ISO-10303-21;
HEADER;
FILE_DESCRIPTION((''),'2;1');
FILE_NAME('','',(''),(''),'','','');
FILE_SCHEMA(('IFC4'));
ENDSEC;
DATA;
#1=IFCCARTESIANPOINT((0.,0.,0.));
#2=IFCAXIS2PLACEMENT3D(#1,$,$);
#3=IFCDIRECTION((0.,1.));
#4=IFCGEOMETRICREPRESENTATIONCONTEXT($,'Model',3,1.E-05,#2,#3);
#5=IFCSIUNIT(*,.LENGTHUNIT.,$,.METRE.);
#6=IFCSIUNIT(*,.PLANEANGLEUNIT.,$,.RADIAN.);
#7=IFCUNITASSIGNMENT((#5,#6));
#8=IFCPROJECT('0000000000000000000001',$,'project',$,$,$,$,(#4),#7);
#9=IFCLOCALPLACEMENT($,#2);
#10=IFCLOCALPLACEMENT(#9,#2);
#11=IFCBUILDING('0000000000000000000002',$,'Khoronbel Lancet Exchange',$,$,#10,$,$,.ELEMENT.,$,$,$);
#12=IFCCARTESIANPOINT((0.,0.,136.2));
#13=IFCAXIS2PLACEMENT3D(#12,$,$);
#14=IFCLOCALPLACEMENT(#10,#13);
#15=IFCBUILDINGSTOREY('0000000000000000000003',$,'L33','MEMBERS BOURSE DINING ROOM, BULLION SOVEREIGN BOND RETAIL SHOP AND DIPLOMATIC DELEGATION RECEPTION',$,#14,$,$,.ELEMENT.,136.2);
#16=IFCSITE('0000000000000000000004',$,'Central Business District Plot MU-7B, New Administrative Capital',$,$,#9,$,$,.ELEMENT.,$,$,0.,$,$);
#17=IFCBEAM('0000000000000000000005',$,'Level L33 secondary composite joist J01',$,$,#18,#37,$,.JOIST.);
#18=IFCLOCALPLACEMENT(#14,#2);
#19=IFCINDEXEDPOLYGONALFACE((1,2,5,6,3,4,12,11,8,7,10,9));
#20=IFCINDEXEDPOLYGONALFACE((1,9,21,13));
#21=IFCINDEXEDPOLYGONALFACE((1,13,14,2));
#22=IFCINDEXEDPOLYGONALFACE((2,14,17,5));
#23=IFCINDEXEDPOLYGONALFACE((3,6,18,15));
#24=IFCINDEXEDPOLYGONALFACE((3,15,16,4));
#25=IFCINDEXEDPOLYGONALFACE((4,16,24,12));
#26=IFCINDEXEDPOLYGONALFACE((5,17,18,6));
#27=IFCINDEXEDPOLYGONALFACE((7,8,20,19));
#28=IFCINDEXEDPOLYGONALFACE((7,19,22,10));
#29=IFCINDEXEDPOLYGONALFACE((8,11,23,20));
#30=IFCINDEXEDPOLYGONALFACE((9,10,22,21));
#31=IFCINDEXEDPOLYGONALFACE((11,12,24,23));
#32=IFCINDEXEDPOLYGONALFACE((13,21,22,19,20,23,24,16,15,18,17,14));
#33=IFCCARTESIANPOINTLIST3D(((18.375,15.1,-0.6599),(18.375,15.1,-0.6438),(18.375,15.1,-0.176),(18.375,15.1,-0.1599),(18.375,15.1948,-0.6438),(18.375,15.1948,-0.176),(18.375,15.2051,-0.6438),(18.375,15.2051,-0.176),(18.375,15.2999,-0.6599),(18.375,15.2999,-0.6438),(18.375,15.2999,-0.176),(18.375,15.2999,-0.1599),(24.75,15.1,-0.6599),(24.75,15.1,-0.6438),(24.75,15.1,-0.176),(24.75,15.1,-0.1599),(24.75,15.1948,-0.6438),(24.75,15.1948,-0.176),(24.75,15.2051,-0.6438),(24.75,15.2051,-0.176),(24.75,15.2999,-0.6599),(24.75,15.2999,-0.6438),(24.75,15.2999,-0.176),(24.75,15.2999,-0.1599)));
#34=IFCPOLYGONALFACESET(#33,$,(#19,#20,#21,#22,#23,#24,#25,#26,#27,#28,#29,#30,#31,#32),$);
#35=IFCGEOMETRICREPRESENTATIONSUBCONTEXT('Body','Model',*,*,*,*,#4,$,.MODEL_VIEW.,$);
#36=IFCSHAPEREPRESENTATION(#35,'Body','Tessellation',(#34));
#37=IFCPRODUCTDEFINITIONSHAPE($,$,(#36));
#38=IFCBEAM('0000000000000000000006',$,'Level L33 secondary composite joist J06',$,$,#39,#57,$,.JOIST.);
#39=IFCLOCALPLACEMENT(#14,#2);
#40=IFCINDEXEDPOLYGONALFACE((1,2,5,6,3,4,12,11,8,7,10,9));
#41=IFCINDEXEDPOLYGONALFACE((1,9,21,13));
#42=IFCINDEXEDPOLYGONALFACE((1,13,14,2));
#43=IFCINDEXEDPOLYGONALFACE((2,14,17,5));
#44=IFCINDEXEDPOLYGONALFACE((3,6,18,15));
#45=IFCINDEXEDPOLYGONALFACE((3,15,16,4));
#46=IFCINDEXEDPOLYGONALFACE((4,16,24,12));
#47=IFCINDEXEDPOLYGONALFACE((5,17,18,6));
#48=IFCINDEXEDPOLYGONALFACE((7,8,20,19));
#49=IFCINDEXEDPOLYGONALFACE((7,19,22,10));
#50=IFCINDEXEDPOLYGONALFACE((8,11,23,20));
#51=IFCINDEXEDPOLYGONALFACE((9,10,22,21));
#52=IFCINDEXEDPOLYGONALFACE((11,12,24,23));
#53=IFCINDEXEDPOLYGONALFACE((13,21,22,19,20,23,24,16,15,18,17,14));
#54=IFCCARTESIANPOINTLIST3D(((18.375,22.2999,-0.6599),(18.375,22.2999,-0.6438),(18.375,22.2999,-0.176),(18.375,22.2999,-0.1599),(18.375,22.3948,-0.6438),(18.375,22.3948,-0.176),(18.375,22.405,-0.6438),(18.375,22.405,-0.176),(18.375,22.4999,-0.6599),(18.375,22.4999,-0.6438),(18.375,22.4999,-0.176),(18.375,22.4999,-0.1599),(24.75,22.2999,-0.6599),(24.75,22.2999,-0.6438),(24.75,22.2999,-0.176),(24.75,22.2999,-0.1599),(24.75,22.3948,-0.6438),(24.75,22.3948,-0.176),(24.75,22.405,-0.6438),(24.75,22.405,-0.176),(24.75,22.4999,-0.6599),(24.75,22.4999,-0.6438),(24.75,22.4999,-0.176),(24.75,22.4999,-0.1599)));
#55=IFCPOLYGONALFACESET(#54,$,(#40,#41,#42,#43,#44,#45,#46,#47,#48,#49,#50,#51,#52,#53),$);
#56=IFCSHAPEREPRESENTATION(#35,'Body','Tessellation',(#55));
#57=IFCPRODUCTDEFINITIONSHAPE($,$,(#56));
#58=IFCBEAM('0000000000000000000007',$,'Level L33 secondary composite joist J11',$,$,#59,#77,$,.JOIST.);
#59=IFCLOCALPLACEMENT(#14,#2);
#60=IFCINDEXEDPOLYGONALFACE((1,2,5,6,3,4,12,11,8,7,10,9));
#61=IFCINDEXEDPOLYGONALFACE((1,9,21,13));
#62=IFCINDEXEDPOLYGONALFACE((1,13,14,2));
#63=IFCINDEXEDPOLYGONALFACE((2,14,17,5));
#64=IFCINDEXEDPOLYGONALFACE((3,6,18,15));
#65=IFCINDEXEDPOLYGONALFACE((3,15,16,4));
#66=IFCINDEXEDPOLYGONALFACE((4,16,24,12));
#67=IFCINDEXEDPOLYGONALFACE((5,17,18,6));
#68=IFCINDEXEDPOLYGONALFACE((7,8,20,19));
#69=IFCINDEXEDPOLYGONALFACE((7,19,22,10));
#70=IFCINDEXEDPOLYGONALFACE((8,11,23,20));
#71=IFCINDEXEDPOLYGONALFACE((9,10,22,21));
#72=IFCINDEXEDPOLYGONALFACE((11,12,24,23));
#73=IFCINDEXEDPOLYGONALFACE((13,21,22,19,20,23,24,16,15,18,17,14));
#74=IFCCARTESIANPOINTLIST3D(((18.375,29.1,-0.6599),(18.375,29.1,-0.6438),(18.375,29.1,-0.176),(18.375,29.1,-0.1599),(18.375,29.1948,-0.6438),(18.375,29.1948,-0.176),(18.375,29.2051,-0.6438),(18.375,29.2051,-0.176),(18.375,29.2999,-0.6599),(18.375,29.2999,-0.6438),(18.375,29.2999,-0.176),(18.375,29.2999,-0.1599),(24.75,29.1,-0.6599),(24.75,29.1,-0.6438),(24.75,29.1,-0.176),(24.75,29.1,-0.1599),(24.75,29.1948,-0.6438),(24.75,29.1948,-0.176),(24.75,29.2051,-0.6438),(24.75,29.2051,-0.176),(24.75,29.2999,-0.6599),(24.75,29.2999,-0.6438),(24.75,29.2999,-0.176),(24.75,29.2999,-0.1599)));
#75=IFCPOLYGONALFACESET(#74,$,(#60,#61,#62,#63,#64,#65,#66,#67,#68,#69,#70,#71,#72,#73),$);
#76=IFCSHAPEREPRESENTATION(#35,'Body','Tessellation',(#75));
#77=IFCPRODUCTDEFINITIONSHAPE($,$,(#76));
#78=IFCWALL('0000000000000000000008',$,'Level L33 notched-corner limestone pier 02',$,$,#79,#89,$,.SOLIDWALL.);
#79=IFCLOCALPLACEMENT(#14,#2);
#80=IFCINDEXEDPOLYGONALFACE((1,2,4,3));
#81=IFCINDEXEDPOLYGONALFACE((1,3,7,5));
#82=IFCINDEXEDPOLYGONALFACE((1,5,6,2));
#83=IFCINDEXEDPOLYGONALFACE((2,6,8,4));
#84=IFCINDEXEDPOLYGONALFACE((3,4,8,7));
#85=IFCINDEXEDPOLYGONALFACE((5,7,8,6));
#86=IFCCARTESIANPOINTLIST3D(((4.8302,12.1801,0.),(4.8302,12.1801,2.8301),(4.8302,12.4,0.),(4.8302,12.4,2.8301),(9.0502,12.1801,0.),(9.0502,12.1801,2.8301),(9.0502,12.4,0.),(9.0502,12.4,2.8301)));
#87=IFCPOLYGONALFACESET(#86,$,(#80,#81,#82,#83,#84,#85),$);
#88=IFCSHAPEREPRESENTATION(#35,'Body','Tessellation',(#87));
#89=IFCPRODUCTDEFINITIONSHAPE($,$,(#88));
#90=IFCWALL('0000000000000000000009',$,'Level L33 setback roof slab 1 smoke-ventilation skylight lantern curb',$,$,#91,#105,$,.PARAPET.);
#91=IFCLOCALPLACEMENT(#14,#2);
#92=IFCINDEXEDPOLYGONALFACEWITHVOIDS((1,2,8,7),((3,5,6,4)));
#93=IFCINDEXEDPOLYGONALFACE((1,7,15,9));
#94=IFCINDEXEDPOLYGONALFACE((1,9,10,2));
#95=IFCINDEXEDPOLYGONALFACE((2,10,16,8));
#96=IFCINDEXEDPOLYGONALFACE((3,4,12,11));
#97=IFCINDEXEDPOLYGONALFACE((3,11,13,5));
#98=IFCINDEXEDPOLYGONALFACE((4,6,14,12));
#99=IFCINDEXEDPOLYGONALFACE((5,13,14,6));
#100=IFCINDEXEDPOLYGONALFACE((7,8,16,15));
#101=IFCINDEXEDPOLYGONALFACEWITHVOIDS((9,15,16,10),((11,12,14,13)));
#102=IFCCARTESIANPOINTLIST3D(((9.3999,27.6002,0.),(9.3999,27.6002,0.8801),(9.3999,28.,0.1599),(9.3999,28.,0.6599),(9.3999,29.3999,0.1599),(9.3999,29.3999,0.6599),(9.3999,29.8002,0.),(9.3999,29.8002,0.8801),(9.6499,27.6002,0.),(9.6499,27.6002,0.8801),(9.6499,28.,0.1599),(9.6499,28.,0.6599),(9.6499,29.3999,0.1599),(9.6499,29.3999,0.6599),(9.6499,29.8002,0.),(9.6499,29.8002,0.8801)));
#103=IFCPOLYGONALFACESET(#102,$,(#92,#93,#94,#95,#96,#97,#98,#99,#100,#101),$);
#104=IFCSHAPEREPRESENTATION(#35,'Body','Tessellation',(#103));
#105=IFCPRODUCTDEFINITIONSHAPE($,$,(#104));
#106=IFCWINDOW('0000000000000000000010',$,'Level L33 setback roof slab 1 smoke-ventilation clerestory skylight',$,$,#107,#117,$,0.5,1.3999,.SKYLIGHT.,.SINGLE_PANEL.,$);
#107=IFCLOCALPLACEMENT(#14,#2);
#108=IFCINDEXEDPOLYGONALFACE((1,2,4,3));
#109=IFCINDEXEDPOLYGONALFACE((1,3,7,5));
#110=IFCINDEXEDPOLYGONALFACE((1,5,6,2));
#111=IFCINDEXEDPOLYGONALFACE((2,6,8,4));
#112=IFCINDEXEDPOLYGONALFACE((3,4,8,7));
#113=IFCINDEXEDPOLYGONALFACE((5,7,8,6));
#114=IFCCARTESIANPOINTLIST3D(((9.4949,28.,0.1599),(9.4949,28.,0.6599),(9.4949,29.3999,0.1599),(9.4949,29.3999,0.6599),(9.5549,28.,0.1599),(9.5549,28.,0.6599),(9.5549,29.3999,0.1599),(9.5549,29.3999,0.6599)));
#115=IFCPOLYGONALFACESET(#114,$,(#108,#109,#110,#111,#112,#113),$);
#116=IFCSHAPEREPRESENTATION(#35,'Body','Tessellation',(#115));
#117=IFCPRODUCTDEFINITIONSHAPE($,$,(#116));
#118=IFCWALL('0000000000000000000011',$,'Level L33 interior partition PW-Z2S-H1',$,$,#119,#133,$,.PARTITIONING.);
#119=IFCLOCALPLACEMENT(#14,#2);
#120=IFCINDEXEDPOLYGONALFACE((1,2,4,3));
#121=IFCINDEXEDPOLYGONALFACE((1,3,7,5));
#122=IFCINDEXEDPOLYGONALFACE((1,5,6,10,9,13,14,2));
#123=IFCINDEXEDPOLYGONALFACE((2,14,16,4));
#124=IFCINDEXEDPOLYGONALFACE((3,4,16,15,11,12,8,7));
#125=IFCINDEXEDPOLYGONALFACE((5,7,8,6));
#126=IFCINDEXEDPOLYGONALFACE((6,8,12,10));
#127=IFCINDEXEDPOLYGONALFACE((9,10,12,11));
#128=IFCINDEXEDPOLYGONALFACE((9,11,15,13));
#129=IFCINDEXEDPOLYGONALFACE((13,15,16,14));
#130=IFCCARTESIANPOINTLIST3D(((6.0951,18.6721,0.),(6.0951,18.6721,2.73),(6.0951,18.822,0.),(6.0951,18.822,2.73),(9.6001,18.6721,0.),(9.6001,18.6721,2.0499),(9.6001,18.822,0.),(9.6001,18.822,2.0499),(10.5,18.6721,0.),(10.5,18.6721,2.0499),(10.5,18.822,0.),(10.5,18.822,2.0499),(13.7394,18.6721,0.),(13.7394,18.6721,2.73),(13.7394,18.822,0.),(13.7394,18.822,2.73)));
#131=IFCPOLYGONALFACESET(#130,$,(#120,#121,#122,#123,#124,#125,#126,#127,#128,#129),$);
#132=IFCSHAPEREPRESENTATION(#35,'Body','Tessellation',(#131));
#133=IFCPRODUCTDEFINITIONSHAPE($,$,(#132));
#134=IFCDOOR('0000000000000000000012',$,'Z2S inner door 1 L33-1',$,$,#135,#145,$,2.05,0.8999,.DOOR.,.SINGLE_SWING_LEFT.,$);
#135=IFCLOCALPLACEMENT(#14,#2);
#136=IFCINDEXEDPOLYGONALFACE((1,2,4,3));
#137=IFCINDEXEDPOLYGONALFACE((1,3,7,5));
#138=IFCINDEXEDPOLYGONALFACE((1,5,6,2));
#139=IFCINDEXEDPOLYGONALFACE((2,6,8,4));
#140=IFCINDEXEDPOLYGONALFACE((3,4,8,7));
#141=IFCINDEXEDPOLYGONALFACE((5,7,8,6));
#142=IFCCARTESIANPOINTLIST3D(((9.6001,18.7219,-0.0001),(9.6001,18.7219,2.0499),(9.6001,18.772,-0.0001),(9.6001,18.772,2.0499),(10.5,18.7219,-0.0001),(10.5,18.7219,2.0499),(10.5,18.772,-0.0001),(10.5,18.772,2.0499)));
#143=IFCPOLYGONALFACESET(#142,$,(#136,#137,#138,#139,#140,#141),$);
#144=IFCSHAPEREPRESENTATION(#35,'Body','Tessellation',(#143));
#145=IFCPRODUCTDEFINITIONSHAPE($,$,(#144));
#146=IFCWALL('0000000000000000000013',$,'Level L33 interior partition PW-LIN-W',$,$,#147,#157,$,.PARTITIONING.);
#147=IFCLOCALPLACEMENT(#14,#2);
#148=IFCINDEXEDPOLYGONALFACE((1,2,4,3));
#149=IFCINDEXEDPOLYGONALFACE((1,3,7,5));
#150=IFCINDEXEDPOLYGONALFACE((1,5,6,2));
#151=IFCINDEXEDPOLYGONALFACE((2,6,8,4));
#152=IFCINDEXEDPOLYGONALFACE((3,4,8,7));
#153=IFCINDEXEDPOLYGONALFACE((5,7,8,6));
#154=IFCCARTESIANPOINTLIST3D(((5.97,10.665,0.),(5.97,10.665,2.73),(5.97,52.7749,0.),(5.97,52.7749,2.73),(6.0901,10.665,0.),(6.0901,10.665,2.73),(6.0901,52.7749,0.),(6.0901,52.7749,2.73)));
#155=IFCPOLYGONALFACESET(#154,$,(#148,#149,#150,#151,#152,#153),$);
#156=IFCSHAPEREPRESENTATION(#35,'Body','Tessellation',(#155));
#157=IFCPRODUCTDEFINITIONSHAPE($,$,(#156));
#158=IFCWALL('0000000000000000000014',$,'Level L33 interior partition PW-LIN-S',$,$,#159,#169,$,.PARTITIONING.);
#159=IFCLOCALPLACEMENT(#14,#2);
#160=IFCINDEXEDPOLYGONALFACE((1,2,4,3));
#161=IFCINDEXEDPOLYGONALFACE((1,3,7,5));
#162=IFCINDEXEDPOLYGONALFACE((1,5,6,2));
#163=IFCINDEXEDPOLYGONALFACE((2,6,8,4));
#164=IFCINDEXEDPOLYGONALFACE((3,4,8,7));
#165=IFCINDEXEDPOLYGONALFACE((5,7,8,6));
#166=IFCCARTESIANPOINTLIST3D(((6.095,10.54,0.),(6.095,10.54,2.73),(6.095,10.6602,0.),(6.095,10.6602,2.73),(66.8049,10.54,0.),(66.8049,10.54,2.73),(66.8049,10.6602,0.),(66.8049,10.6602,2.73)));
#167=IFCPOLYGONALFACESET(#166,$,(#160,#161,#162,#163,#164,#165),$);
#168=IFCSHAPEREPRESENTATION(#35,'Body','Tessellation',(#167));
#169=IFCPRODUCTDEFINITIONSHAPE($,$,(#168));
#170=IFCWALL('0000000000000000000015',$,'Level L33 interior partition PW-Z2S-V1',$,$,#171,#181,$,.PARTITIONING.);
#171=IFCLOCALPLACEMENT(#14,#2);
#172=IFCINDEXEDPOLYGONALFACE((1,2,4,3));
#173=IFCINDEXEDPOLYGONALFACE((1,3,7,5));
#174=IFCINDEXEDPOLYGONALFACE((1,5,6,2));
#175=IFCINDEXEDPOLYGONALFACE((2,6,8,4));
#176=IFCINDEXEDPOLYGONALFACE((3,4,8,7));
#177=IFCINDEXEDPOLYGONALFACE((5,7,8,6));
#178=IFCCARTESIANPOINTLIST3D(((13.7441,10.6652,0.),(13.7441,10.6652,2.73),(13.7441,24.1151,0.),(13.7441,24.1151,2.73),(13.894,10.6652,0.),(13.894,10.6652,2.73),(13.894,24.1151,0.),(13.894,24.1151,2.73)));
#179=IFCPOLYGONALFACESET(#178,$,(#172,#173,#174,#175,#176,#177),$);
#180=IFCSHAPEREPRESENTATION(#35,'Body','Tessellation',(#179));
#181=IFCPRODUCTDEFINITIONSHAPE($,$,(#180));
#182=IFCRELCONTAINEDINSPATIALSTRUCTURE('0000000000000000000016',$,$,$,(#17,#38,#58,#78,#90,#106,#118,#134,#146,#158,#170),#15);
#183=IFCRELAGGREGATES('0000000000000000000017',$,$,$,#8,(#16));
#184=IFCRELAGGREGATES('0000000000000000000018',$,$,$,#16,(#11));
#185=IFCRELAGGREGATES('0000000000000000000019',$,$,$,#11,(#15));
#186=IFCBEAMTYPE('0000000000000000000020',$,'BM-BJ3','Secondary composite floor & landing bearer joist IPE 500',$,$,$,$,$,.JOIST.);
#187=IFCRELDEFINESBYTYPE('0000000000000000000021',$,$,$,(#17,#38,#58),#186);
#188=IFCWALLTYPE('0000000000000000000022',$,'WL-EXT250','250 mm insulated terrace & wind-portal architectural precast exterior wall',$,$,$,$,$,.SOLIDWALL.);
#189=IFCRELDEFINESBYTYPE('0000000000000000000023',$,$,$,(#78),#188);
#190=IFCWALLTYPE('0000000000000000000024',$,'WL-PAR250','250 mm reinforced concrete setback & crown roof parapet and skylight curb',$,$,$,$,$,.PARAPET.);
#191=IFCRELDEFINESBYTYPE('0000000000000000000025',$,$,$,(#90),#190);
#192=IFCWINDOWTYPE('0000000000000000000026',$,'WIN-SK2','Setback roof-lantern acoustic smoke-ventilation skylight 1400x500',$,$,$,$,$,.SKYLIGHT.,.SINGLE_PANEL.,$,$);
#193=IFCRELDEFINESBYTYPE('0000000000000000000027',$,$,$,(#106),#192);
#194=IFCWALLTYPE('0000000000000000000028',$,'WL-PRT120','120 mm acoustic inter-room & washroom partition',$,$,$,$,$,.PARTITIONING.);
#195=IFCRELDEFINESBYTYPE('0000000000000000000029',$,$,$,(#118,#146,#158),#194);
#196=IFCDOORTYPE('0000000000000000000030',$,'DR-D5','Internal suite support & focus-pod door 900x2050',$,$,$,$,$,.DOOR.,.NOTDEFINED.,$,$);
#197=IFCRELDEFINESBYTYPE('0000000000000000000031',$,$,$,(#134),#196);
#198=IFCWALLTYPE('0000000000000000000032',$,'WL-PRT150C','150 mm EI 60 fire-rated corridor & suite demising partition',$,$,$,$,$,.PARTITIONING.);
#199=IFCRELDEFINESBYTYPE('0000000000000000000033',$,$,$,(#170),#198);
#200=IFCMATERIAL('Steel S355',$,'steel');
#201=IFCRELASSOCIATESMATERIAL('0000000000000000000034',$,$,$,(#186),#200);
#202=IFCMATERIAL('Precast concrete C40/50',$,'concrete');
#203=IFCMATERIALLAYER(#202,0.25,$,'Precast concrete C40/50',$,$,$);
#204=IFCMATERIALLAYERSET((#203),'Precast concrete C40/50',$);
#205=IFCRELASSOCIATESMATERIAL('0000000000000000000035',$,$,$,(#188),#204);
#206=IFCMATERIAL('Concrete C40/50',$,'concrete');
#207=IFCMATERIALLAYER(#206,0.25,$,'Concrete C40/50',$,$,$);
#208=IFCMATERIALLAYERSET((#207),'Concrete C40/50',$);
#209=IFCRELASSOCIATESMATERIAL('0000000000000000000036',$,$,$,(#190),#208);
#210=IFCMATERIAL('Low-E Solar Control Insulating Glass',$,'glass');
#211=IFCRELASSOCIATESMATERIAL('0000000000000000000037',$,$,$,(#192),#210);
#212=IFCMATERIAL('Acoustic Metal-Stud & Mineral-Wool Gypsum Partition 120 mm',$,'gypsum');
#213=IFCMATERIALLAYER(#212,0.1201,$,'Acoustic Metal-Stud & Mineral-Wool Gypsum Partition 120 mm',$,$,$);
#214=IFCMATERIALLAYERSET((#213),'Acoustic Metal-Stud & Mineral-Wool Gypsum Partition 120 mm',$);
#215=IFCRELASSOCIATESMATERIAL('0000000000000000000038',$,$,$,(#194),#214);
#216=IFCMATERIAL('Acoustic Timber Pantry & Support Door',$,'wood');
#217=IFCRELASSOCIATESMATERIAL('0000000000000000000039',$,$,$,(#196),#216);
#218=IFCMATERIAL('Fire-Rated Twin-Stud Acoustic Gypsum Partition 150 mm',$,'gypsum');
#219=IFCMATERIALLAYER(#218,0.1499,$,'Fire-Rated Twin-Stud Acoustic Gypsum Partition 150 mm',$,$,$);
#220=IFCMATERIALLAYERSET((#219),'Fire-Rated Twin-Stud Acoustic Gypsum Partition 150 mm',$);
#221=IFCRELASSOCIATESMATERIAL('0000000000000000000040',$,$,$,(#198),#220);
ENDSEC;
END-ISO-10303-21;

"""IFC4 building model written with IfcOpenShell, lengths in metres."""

from ifc_helpers import new_model, si_unit, direction, frame, frame_2d, origin, origin_2d, place, context, subcontext, project, spatial, rectangle, i_section, extrude, material, layer, layer_set, material_profile, profile_set, type_object, element, fill, save


model = new_model("IFC4")

# Units and contexts
model_context = context("Model", 3, precision=1e-05, world=origin(), true_north=direction((0.0, 1.0)))
body_context = subcontext(model_context, "Body", "Model", "MODEL_VIEW")
ifc_project = project(units=[si_unit("LENGTHUNIT", "METRE"), si_unit("PLANEANGLEUNIT", "RADIAN")], contexts=[model_context])

# Site, building, storey
site_placement = place(None, origin())
site = spatial("IfcSite", under=ifc_project, at=site_placement, Name="Central Business District Plot MU-7B, New Administrative Capital", CompositionType="ELEMENT", RefElevation=0.0)
building_placement = place(site_placement, origin())
building = spatial("IfcBuilding", under=site, at=building_placement, Name="Khoronbel Lancet Exchange", CompositionType="ELEMENT")
storey_placement = place(building_placement, frame((0.0, 0.0, 136.2)))
storey = spatial("IfcBuildingStorey", under=building, at=storey_placement, Name="L33", Description="MEMBERS BOURSE DINING ROOM, BULLION SOVEREIGN BOND RETAIL SHOP AND DIPLOMATIC DELEGATION RECEPTION", CompositionType="ELEMENT", Elevation=136.2)

# Beams
ifc_material_1 = material(Name="Steel S355", Category="steel")
ifc_material_profile = material_profile(ifc_material_1, i_section(OverallWidth=0.2, OverallDepth=0.5, WebThickness=0.0103, FlangeThickness=0.0161, at=origin_2d()), Name="IPE 500")
ifc_profile_set = profile_set([ifc_material_profile], Name="Steel S355")
beam_type = type_object("IfcBeamType", Name="BM-BJ3", Description="Secondary composite floor & landing bearer joist IPE 500", PredefinedType="JOIST", material=ifc_profile_set)
for number, where, z_axis, x_axis, name in (
    (1, (18.375, 15.2, -0.4099), (1.0, 0.0, 0.0), (0.0, 1.0, 0.0), "Level L33 secondary composite joist J01"),
    (2, (18.375, 22.3999, -0.4099), (1.0, 0.0, 0.0), (0.0, 1.0, 0.0), "Level L33 secondary composite joist J06"),
    (3, (18.375, 29.2, -0.4099), (1.0, 0.0, 0.0), (0.0, 1.0, 0.0), "Level L33 secondary composite joist J11"),
):
    element("IfcBeam", number, at=place(storey_placement, frame(where, z_axis=z_axis, x_axis=x_axis)), inside=storey, type_object=beam_type, Name=name, PredefinedType="JOIST", context=body_context, shape_type="SweptSolid", body=[
        extrude(i_section(OverallWidth=0.2, OverallDepth=0.5, WebThickness=0.0103, FlangeThickness=0.0161, at=origin_2d()), origin(), (0.0, 0.0, 1.0), 6.375),
    ])

# Wall
ifc_material_2 = material(Name="Precast concrete C40/50", Category="concrete")
ifc_layer_1 = layer(ifc_material_2, 0.25, Name="Precast concrete C40/50")
ifc_layer_set_1 = layer_set([ifc_layer_1], Name="Precast concrete C40/50")
wall_type_1 = type_object("IfcWallType", Name="WL-EXT250", Description="250 mm insulated terrace & wind-portal architectural precast exterior wall", PredefinedType="SOLIDWALL", material=ifc_layer_set_1)
wall_1_placement = place(storey_placement, frame((9.05, 12.29, 0.0), z_axis=(0.0, 0.0, 1.0), x_axis=(-1.0, 0.0, 0.0)))
element("IfcWall", 4, at=wall_1_placement, inside=storey, type_object=wall_type_1, Name="Level L33 notched-corner limestone pier 02", PredefinedType="SOLIDWALL", context=body_context, shape_type="SweptSolid", body=[
    extrude(rectangle(XDim=4.22, YDim=0.22, at=frame_2d((2.1099, 0.0))), origin(), (0.0, 0.0, 1.0), 2.8301),
])

# Wall, opening, window
ifc_material_3 = material(Name="Concrete C40/50", Category="concrete")
ifc_layer_2 = layer(ifc_material_3, 0.25, Name="Concrete C40/50")
ifc_layer_set_2 = layer_set([ifc_layer_2], Name="Concrete C40/50")
wall_type_2 = type_object("IfcWallType", Name="WL-PAR250", Description="250 mm reinforced concrete setback & crown roof parapet and skylight curb", PredefinedType="PARAPET", material=ifc_layer_set_2)
wall_2_placement = place(storey_placement, frame((9.5249, 27.6001, 0.0), z_axis=(0.0, 0.0, 1.0), x_axis=(0.0, 1.0, 0.0)))
wall_2 = element("IfcWall", 5, at=wall_2_placement, inside=storey, type_object=wall_type_2, Name="Level L33 setback roof slab 1 smoke-ventilation skylight lantern curb", PredefinedType="PARAPET", context=body_context, shape_type="SweptSolid", body=[
    extrude(rectangle(XDim=2.2, YDim=0.25, at=frame_2d((1.1001, 0.0))), origin(), (0.0, 0.0, 1.0), 0.8801),
])
opening_1_placement = place(wall_2_placement, frame((0.3999, 0.0, 0.1599)))
opening_1 = element("IfcOpeningElement", 6, at=opening_1_placement, cuts=wall_2, PredefinedType="OPENING", context=body_context, shape_type="SweptSolid", body=[
    extrude(rectangle(XDim=1.3999, YDim=0.5, at=frame_2d((0.7, 0.25))), frame((0.0, 0.135, 0.0), z_axis=(0.0, -1.0, 0.0), x_axis=(1.0, 0.0, 0.0)), (0.0, 0.0, 1.0), 0.27),
])
ifc_material_4 = material(Name="Low-E Solar Control Insulating Glass", Category="glass")
window_type = type_object("IfcWindowType", Name="WIN-SK2", Description="Setback roof-lantern acoustic smoke-ventilation skylight 1400x500", PartitioningType="SINGLE_PANEL", PredefinedType="SKYLIGHT", material=ifc_material_4)
window_placement = place(opening_1_placement, origin())
window = element("IfcWindow", 7, at=window_placement, inside=storey, type_object=window_type, Name="Level L33 setback roof slab 1 smoke-ventilation clerestory skylight", OverallHeight=0.5, OverallWidth=1.3999, PartitioningType="SINGLE_PANEL", PredefinedType="SKYLIGHT", context=body_context, shape_type="SweptSolid", body=[
    extrude(rectangle(XDim=1.3999, YDim=0.5, at=frame_2d((0.7, 0.25))), frame((0.0, 0.03, 0.0), z_axis=(0.0, -1.0, 0.0), x_axis=(1.0, 0.0, 0.0)), (0.0, 0.0, 1.0), 0.0601),
])
fill(opening_1, window)

# Wall, opening, door
ifc_material_5 = material(Name="Acoustic Metal-Stud & Mineral-Wool Gypsum Partition 120 mm", Category="gypsum")
ifc_layer_3 = layer(ifc_material_5, 0.1201, Name="Acoustic Metal-Stud & Mineral-Wool Gypsum Partition 120 mm")
ifc_layer_set_3 = layer_set([ifc_layer_3], Name="Acoustic Metal-Stud & Mineral-Wool Gypsum Partition 120 mm")
wall_type_3 = type_object("IfcWallType", Name="WL-PRT120", Description="120 mm acoustic inter-room & washroom partition", PredefinedType="PARTITIONING", material=ifc_layer_set_3)
wall_3_placement = place(storey_placement, frame((6.095, 18.7471, 0.0), z_axis=(0.0, 0.0, 1.0), x_axis=(1.0, 0.0, 0.0)))
wall_3 = element("IfcWall", 8, at=wall_3_placement, inside=storey, type_object=wall_type_3, Name="Level L33 interior partition PW-Z2S-H1", PredefinedType="PARTITIONING", context=body_context, shape_type="SweptSolid", body=[
    extrude(rectangle(XDim=7.6443, YDim=0.1499, at=frame_2d((3.8223, 0.0))), origin(), (0.0, 0.0, 1.0), 2.73),
])
opening_2_placement = place(wall_3_placement, frame((3.5051, 0.0, 0.0)))
opening_2 = element("IfcOpeningElement", 9, at=opening_2_placement, cuts=wall_3, PredefinedType="OPENING", context=body_context, shape_type="SweptSolid", body=[
    extrude(rectangle(XDim=0.8999, YDim=2.05, at=frame_2d((0.45, 1.0249))), frame((0.0, 0.085, 0.0), z_axis=(0.0, -1.0, 0.0), x_axis=(1.0, 0.0, 0.0)), (0.0, 0.0, 1.0), 0.1699),
])
ifc_material_6 = material(Name="Acoustic Timber Pantry & Support Door", Category="wood")
door_type_1 = type_object("IfcDoorType", Name="DR-D5", Description="Internal suite support & focus-pod door 900x2050", OperationType="NOTDEFINED", PredefinedType="DOOR", material=ifc_material_6)
door_1_placement = place(opening_2_placement, origin())
door_1 = element("IfcDoor", 10, at=door_1_placement, inside=storey, type_object=door_type_1, Name="Z2S inner door 1 L33-1", OperationType="SINGLE_SWING_LEFT", OverallHeight=2.05, OverallWidth=0.8999, PredefinedType="DOOR", context=body_context, shape_type="SweptSolid", body=[
    extrude(rectangle(XDim=0.8999, YDim=2.05, at=frame_2d((0.45, 1.0249))), frame((0.0, 0.0249, 0.0), z_axis=(0.0, -1.0, 0.0), x_axis=(1.0, 0.0, 0.0)), (0.0, 0.0, 1.0), 0.05),
])
fill(opening_2, door_1)

# Walls
wall_4_placement = place(storey_placement, frame((6.03, 10.665, 0.0), z_axis=(0.0, 0.0, 1.0), x_axis=(0.0, 1.0, 0.0)))
element("IfcWall", 11, at=wall_4_placement, inside=storey, type_object=wall_type_3, Name="Level L33 interior partition PW-LIN-W", PredefinedType="PARTITIONING", context=body_context, shape_type="SweptSolid", body=[
    extrude(rectangle(XDim=42.1099, YDim=0.1201, at=frame_2d((21.0549, 0.0))), origin(), (0.0, 0.0, 1.0), 2.73),
])
wall_5_placement = place(storey_placement, frame((6.095, 10.6001, 0.0), z_axis=(0.0, 0.0, 1.0), x_axis=(1.0, 0.0, 0.0)))
element("IfcWall", 12, at=wall_5_placement, inside=storey, type_object=wall_type_3, Name="Level L33 interior partition PW-LIN-S", PredefinedType="PARTITIONING", context=body_context, shape_type="SweptSolid", body=[
    extrude(rectangle(XDim=60.71, YDim=0.1201, at=frame_2d((30.355, 0.0))), origin(), (0.0, 0.0, 1.0), 2.73),
])
ifc_material_7 = material(Name="Fire-Rated Twin-Stud Acoustic Gypsum Partition 150 mm", Category="gypsum")
ifc_layer_4 = layer(ifc_material_7, 0.1499, Name="Fire-Rated Twin-Stud Acoustic Gypsum Partition 150 mm")
ifc_layer_set_4 = layer_set([ifc_layer_4], Name="Fire-Rated Twin-Stud Acoustic Gypsum Partition 150 mm")
wall_type_4 = type_object("IfcWallType", Name="WL-PRT150C", Description="150 mm EI 60 fire-rated corridor & suite demising partition", PredefinedType="PARTITIONING", material=ifc_layer_set_4)
wall_6_placement = place(storey_placement, frame((13.8191, 10.665, 0.0), z_axis=(0.0, 0.0, 1.0), x_axis=(0.0, 1.0, 0.0)))
element("IfcWall", 13, at=wall_6_placement, inside=storey, type_object=wall_type_4, Name="Level L33 interior partition PW-Z2S-V1", PredefinedType="PARTITIONING", context=body_context, shape_type="SweptSolid", body=[
    extrude(rectangle(XDim=13.45, YDim=0.1499, at=frame_2d((6.7251, 0.0))), origin(), (0.0, 0.0, 1.0), 2.73),
])

save(model, "model.ifc")
